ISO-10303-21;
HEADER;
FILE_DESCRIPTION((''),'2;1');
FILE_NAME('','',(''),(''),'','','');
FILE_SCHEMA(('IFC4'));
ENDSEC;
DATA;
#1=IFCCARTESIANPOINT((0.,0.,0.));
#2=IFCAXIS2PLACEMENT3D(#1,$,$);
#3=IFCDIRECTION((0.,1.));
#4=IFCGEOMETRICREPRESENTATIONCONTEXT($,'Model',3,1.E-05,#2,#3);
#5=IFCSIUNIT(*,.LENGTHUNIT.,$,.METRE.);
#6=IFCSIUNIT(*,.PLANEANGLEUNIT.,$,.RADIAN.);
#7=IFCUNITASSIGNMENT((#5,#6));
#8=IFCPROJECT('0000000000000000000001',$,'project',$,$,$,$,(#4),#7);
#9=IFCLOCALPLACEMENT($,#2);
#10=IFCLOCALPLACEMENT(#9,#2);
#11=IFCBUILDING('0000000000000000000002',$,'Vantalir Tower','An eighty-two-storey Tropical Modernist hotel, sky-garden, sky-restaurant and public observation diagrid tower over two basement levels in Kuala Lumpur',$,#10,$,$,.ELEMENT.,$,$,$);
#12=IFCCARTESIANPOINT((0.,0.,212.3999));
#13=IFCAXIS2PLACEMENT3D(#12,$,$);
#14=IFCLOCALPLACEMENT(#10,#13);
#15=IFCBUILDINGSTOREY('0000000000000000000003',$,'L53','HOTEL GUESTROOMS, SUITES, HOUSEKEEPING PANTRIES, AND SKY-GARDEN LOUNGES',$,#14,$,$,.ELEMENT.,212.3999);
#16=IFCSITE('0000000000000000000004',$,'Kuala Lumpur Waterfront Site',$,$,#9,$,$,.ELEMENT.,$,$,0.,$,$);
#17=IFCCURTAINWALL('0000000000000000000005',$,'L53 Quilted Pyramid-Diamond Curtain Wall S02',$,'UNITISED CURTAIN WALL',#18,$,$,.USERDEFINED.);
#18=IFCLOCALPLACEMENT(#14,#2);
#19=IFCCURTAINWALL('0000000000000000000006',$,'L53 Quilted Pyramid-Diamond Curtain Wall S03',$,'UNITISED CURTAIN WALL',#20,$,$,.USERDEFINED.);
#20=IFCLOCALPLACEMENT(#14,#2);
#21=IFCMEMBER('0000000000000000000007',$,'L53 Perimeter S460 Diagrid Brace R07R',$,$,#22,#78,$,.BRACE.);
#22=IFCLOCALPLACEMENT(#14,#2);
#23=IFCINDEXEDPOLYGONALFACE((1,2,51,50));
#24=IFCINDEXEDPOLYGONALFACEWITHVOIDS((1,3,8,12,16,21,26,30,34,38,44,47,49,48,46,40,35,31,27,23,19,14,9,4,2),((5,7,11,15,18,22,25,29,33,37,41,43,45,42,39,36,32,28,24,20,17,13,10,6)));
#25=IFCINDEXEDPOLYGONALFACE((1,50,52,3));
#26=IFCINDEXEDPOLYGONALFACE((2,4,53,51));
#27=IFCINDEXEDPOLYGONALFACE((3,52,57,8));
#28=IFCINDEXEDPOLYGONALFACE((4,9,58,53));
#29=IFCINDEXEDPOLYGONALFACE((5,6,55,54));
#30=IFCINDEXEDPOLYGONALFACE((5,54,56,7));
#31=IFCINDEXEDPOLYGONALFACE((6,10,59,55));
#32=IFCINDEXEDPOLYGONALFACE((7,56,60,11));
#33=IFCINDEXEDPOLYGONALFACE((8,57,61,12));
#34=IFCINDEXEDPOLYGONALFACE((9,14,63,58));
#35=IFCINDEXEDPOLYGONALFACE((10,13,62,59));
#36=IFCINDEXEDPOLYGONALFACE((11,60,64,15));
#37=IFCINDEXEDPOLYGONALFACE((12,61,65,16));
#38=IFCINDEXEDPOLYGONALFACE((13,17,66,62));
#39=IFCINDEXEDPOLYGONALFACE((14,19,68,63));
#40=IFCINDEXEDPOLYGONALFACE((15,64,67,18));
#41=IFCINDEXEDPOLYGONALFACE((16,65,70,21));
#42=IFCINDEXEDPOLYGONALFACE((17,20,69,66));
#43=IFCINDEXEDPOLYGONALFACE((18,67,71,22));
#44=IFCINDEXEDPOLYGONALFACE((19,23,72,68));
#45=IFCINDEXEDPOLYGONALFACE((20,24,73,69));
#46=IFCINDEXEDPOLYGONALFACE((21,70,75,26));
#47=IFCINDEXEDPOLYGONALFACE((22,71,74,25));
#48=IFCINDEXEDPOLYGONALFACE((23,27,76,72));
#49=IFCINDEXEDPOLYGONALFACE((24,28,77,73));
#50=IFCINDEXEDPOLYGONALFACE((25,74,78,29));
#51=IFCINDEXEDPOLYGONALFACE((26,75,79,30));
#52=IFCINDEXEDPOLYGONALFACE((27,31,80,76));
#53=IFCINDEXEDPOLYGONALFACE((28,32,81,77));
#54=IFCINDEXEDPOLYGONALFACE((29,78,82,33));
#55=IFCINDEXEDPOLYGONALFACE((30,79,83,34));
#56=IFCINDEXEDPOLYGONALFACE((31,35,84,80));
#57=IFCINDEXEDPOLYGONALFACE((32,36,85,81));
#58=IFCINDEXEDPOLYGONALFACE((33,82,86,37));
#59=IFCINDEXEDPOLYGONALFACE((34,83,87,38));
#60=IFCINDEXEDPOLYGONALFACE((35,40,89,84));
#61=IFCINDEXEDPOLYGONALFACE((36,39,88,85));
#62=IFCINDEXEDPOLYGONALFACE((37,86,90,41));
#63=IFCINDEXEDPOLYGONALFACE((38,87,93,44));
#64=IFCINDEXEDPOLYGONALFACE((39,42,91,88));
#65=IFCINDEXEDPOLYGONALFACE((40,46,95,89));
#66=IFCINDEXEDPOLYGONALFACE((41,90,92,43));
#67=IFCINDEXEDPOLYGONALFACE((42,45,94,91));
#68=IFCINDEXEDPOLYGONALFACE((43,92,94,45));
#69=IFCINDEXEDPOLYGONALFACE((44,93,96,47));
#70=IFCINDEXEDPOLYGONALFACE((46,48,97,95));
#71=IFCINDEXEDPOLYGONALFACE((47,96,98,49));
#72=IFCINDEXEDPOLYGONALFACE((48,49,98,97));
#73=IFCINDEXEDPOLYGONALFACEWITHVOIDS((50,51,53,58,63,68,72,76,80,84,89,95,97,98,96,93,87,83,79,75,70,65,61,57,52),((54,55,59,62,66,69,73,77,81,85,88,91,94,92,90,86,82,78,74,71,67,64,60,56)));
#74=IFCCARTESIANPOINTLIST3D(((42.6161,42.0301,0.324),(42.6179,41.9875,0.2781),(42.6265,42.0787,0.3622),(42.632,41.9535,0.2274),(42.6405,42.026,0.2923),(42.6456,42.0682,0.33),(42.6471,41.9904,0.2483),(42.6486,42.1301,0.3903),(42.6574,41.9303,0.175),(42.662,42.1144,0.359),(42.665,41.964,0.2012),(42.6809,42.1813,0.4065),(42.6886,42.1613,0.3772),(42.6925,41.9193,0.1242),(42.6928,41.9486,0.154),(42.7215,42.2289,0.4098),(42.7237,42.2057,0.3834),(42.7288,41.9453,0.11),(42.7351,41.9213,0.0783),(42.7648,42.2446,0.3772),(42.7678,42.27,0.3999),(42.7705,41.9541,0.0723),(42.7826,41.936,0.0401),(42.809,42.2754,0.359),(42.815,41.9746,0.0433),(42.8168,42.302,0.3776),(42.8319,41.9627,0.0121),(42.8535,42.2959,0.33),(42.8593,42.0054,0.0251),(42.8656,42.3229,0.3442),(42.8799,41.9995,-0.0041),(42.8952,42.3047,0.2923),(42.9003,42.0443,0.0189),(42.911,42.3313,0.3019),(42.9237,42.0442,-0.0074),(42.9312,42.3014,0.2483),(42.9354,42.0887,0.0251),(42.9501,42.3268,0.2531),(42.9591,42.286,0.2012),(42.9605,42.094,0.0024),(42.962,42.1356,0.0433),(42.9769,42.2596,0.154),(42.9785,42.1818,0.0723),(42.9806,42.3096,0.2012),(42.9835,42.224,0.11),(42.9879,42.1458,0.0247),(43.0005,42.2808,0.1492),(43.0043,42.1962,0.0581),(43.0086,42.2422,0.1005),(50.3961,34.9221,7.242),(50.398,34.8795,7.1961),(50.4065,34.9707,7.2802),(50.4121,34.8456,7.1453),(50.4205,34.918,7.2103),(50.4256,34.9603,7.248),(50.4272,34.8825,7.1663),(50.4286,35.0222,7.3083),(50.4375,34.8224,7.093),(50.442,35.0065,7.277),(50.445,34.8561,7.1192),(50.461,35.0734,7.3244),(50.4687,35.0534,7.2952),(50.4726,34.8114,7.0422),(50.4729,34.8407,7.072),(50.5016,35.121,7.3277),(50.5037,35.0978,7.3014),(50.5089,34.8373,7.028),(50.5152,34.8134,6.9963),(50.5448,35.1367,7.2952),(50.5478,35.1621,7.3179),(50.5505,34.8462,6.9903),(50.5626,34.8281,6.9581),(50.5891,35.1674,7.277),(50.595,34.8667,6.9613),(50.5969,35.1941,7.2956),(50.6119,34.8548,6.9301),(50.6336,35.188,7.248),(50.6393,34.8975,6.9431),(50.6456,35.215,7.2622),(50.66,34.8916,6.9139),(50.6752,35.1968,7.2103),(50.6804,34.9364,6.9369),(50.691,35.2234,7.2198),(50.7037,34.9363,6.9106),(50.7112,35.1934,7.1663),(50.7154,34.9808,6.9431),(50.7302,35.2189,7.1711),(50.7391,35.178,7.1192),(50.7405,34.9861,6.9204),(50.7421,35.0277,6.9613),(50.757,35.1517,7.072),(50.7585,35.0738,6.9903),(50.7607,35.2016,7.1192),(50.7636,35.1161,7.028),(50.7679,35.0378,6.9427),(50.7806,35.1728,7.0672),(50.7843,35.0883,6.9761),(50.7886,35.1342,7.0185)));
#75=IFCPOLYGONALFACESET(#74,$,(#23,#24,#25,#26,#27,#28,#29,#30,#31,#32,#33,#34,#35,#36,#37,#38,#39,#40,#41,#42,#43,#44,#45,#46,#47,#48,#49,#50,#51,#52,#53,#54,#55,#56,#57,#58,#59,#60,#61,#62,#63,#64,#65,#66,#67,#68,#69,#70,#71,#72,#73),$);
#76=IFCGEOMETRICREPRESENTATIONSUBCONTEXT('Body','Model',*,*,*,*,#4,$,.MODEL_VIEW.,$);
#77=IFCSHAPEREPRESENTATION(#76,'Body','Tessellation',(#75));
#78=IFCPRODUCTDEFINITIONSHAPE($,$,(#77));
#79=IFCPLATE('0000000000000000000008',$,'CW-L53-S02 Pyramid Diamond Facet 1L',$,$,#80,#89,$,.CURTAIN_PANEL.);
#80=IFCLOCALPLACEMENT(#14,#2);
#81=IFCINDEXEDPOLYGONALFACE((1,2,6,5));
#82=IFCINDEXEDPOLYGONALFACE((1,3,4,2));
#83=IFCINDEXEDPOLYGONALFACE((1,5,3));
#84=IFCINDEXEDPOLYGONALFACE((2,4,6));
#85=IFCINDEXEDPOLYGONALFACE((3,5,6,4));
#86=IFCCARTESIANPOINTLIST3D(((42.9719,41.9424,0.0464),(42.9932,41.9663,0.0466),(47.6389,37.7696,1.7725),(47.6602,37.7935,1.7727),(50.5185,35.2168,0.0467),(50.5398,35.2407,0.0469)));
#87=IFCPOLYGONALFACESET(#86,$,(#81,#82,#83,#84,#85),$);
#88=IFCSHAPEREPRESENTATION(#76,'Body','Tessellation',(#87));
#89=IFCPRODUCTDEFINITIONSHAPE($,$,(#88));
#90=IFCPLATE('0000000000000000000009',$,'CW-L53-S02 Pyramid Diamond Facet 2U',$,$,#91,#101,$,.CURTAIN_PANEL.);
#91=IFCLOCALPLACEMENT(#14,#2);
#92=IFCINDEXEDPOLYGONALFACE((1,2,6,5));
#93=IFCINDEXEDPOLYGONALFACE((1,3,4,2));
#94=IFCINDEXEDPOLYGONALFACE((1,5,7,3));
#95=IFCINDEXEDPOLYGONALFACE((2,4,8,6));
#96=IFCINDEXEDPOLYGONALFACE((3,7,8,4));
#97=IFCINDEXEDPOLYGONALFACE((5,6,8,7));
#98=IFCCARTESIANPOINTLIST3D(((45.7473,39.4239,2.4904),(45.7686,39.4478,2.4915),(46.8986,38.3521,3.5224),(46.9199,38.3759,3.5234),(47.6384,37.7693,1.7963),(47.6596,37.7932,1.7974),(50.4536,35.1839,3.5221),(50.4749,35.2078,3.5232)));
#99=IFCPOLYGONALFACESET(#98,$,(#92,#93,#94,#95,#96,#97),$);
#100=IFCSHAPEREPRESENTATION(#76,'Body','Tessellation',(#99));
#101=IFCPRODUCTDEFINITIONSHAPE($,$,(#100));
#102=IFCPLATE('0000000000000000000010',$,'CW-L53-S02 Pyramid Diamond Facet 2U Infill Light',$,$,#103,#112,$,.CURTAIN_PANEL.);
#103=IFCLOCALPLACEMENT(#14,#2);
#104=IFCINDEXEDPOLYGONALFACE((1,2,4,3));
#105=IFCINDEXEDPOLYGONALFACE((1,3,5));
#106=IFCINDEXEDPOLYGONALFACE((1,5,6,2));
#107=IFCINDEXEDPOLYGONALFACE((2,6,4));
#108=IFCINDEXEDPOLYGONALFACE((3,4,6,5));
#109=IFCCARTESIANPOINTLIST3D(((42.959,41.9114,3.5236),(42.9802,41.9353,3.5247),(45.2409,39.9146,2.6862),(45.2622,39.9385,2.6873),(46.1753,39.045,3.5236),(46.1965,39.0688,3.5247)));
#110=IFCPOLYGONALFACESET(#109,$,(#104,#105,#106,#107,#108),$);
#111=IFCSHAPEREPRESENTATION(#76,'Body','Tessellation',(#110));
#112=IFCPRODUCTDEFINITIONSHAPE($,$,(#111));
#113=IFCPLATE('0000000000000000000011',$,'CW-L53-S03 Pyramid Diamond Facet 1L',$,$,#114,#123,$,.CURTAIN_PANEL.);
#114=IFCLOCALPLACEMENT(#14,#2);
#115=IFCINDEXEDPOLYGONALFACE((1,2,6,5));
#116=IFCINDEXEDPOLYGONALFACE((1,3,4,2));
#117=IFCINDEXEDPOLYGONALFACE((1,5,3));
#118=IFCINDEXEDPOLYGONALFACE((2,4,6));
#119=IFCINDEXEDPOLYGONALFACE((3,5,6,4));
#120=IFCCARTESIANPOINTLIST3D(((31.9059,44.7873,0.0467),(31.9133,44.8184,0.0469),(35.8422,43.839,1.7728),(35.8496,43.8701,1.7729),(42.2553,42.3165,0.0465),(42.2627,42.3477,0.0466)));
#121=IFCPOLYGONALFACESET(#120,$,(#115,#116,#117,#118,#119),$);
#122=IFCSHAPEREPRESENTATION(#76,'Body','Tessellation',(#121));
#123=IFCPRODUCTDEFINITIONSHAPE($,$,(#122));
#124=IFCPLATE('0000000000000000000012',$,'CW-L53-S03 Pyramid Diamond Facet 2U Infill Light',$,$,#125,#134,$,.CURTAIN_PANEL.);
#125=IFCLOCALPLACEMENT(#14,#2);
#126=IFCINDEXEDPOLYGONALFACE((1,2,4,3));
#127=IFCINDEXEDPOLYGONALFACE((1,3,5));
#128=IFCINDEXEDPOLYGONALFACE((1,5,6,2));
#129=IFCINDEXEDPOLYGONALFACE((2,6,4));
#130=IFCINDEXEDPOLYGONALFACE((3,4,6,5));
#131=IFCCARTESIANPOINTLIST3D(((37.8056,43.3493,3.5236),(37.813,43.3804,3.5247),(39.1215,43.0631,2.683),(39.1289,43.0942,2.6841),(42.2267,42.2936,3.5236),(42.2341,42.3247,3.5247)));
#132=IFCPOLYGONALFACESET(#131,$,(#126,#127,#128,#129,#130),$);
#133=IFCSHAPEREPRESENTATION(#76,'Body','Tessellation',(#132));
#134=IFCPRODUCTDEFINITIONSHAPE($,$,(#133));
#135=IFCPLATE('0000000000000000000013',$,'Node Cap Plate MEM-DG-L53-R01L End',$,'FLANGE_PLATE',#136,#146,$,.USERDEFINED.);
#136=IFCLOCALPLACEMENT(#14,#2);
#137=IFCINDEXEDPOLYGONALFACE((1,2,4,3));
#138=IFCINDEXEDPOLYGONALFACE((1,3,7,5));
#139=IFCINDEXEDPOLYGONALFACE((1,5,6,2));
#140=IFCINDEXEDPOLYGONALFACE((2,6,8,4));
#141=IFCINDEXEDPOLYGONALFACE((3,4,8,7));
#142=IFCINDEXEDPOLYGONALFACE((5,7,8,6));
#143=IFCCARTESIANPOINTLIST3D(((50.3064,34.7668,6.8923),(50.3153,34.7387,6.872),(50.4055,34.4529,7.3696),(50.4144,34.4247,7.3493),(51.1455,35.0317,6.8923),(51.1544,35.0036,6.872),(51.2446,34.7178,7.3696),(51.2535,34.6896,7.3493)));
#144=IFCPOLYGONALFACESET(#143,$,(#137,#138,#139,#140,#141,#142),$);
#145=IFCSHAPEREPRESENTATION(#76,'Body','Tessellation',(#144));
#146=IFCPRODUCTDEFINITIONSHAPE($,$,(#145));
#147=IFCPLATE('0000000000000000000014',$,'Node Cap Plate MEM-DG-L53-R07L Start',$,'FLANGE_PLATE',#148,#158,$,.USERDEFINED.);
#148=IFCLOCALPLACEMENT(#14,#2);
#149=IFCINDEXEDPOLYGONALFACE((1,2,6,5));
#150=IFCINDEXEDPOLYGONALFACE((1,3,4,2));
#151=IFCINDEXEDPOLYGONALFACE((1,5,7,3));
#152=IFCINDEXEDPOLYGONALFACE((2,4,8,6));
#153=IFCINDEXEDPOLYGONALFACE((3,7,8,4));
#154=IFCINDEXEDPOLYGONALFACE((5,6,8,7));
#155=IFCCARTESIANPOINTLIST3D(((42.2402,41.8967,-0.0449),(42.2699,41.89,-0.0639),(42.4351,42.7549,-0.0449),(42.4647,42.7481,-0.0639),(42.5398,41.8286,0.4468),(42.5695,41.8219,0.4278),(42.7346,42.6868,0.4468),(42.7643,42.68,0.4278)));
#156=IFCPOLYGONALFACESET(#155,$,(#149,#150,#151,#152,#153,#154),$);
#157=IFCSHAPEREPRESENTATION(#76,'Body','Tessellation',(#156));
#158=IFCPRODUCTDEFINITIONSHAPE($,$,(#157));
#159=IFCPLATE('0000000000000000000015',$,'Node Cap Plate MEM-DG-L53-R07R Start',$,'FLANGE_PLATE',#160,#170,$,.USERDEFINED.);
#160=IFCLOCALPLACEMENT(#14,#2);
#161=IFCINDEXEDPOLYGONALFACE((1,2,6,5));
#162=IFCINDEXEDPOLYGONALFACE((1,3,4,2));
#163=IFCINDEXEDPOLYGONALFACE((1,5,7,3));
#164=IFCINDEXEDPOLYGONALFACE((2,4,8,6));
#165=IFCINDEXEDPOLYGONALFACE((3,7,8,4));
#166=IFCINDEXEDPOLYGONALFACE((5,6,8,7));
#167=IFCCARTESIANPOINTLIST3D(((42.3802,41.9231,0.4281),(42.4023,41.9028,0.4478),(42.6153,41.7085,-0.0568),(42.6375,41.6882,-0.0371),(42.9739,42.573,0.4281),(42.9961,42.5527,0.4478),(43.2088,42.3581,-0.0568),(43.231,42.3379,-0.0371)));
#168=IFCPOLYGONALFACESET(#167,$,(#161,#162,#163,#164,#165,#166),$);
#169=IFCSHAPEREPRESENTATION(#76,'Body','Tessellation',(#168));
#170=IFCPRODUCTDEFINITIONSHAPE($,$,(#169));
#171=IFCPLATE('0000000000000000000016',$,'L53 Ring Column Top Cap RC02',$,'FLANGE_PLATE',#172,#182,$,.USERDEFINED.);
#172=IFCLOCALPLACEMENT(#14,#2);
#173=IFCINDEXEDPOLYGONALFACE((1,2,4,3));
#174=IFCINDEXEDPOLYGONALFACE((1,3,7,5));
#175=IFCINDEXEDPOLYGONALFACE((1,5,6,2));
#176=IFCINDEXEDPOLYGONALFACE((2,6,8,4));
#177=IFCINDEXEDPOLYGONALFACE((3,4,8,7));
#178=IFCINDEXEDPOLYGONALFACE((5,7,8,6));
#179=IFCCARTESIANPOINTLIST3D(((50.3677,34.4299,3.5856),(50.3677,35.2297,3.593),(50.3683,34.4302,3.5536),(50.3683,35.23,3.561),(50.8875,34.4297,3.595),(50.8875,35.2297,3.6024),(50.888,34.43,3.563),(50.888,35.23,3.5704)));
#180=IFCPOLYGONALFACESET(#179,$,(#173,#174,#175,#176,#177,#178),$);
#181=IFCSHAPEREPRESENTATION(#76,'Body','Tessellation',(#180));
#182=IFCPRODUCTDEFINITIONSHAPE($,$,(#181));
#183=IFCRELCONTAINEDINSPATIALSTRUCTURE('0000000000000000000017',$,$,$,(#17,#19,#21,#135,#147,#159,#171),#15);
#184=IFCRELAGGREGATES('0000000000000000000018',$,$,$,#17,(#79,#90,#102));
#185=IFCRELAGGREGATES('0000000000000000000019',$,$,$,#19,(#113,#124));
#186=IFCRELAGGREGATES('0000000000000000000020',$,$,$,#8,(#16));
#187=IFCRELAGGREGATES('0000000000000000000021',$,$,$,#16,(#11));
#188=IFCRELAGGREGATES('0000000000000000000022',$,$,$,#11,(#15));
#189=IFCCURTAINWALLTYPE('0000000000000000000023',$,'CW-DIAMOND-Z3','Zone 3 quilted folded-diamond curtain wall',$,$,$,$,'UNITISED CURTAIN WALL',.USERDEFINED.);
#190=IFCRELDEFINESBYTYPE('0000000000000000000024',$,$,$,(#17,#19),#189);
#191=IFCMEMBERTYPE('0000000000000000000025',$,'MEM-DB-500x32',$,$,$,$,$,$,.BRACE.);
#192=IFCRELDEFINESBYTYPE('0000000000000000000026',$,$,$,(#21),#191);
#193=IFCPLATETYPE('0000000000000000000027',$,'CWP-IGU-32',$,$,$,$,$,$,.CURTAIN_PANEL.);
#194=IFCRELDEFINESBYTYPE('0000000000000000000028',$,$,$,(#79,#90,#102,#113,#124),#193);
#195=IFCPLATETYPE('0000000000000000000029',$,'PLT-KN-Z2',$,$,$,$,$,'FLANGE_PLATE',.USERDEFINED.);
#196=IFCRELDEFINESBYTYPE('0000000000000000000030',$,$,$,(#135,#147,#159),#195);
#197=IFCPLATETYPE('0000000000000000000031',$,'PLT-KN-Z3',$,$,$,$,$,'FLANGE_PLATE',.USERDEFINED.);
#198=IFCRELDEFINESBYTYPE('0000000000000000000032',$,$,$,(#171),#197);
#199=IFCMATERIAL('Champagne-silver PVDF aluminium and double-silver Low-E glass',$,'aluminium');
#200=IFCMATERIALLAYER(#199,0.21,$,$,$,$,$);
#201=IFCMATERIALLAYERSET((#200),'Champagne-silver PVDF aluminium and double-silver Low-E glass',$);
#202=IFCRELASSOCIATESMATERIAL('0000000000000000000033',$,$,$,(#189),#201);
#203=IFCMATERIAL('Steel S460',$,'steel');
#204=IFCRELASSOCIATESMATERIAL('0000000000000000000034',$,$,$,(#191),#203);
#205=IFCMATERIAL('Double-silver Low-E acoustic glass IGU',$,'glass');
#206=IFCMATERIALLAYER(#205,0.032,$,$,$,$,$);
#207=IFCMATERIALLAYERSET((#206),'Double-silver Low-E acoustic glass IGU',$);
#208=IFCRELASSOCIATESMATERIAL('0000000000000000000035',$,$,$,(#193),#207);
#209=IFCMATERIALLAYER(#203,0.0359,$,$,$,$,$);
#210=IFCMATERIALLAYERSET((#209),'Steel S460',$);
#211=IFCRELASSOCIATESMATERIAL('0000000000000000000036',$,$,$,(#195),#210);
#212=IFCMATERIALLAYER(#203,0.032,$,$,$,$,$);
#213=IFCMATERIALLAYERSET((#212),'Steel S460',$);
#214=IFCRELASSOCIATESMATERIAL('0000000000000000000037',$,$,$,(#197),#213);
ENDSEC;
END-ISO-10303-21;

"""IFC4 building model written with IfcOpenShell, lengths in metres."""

from ifc_helpers import new_model, si_unit, direction, frame, origin, origin_2d, place, context, subcontext, project, spatial, polyline, hollow_circle, outline, extrude, material, layer, layer_set, material_profile, profile_set, type_object, element, aggregate, save


model = new_model("IFC4")

# Units and contexts
model_context = context("Model", 3, precision=1e-05, world=origin(), true_north=direction((0.0, 1.0)))
body_context = subcontext(model_context, "Body", "Model", "MODEL_VIEW")
ifc_project = project(units=[si_unit("LENGTHUNIT", "METRE"), si_unit("PLANEANGLEUNIT", "RADIAN")], contexts=[model_context])

# Site, building, storey
site_placement = place(None, origin())
site = spatial("IfcSite", under=ifc_project, at=site_placement, Name="Kuala Lumpur Waterfront Site", CompositionType="ELEMENT", RefElevation=0.0)
building_placement = place(site_placement, origin())
building = spatial("IfcBuilding", under=site, at=building_placement, Name="Vantalir Tower", Description="An eighty-two-storey Tropical Modernist hotel, sky-garden, sky-restaurant and public observation diagrid tower over two basement levels in Kuala Lumpur", CompositionType="ELEMENT")
storey_placement = place(building_placement, frame((0.0, 0.0, 212.3999)))
storey = spatial("IfcBuildingStorey", under=building, at=storey_placement, Name="L53", Description="HOTEL GUESTROOMS, SUITES, HOUSEKEEPING PANTRIES, AND SKY-GARDEN LOUNGES", CompositionType="ELEMENT", Elevation=212.3999)

# Shared definitions
ifc_material_1 = material(Name="Steel S460", Category="steel")

# Curtain wall
ifc_material_2 = material(Name="Champagne-silver PVDF aluminium and double-silver Low-E glass", Category="aluminium")
ifc_layer_1 = layer(ifc_material_2, 0.21)
ifc_layer_set_1 = layer_set([ifc_layer_1], Name="Champagne-silver PVDF aluminium and double-silver Low-E glass")
curtain_wall_type = type_object("IfcCurtainWallType", Name="CW-DIAMOND-Z3", Description="Zone 3 quilted folded-diamond curtain wall", ElementType="UNITISED CURTAIN WALL", PredefinedType="USERDEFINED", material=ifc_layer_set_1)
curtain_wall_1_placement = place(storey_placement, origin())
curtain_wall_1 = element("IfcCurtainWall", 1, at=curtain_wall_1_placement, inside=storey, type_object=curtain_wall_type, Name="L53 Quilted Pyramid-Diamond Curtain Wall S02", ObjectType="UNITISED CURTAIN WALL", PredefinedType="USERDEFINED")

# Curtain wall
curtain_wall_2_placement = place(storey_placement, origin())
curtain_wall_2 = element("IfcCurtainWall", 2, at=curtain_wall_2_placement, inside=storey, type_object=curtain_wall_type, Name="L53 Quilted Pyramid-Diamond Curtain Wall S03", ObjectType="UNITISED CURTAIN WALL", PredefinedType="USERDEFINED")

# Member
ifc_material_profile_1 = material_profile(ifc_material_1, hollow_circle(Radius=0.25, WallThickness=0.032, at=origin_2d()), Name="Steel S460")
ifc_profile_set_1 = profile_set([ifc_material_profile_1], Name="Steel S460")
member_type_1 = type_object("IfcMemberType", Name="MEM-DB-500x32", PredefinedType="BRACE", material=ifc_profile_set_1)
member_1_placement = place(storey_placement, frame((42.812, 42.125, 0.2012), z_axis=(0.617172, -0.563854, 0.548787), x_axis=(0.674497, 0.738277, 0.0)))
element("IfcMember", 3, at=member_1_placement, inside=storey, type_object=member_type_1, Name="L53 Perimeter S460 Diagrid Brace R07R", PredefinedType="BRACE", context=body_context, shape_type="SweptSolid", body=[
    extrude(hollow_circle(Radius=0.25, WallThickness=0.032, at=origin_2d()), origin(), (0.0, 0.0, 1.0), 12.606),
])

# Plates
ifc_material_3 = material(Name="Double-silver Low-E acoustic glass IGU", Category="glass")
ifc_layer_2 = layer(ifc_material_3, 0.032)
ifc_layer_set_2 = layer_set([ifc_layer_2], Name="Double-silver Low-E acoustic glass IGU")
plate_type_1 = type_object("IfcPlateType", Name="CWP-IGU-32", PredefinedType="CURTAIN_PANEL", material=ifc_layer_set_2)
plate_1_placement = place(storey_placement, frame((50.5398, 35.2407, 0.0469), z_axis=(0.665317, 0.746538, 0.005887), x_axis=(-0.746551, 0.665329, -0.000024)))
plate_1 = element("IfcPlate", 4, at=plate_1_placement, type_object=plate_type_1, Name="CW-L53-S02 Pyramid Diamond Facet 1L", PredefinedType="CURTAIN_PANEL", context=body_context, shape_type="SweptSolid", body=[
    extrude(outline(polyline([(0.0, 0.0), (10.1087, 0.0), (3.8482, 1.726), (0.0, 0.0)])), origin(), (0.0, 0.0, -1.0), 0.032),
])
plate_2_placement = place(storey_placement, frame((50.4749, 35.2078, 3.5232), z_axis=(0.664964, 0.746143, 0.033069), x_axis=(-0.746552, 0.665327, 0.000051)))
plate_2 = element("IfcPlate", 5, at=plate_2_placement, type_object=plate_type_1, Name="CW-L53-S02 Pyramid Diamond Facet 2U", PredefinedType="CURTAIN_PANEL", context=body_context, shape_type="SweptSolid", body=[
    extrude(outline(polyline([(0.0, 0.0), (4.7618, 0.0), (6.3344, -1.0326), (3.8218, -1.727), (0.0, 0.0)])), origin(), (0.0, 0.0, -1.0), 0.032),
])
plate_3_placement = place(storey_placement, frame((46.1965, 39.0688, 3.5247), z_axis=(0.664977, 0.746138, 0.032909), x_axis=(-0.746543, 0.665338, 0.0)))
plate_3 = element("IfcPlate", 6, at=plate_3_placement, type_object=plate_type_1, Name="CW-L53-S02 Pyramid Diamond Facet 2U Infill Light", PredefinedType="CURTAIN_PANEL", context=body_context, shape_type="SweptSolid", body=[
    extrude(outline(polyline([(0.0, 0.0), (4.3083, 0.0), (1.2761, -0.8379), (0.0, 0.0)])), origin(), (0.0, 0.0, -1.0), 0.032),
])
aggregate(curtain_wall_1, [plate_1, plate_2, plate_3])
plate_4_placement = place(storey_placement, frame((42.2627, 42.3477, 0.0466), z_axis=(0.232202, 0.972656, 0.004809), x_axis=(-0.972667, 0.232205, 0.000023)))
plate_4 = element("IfcPlate", 7, at=plate_4_placement, type_object=plate_type_1, Name="CW-L53-S03 Pyramid Diamond Facet 1L", PredefinedType="CURTAIN_PANEL", context=body_context, shape_type="SweptSolid", body=[
    extrude(outline(polyline([(0.0, 0.0), (10.6402, 0.0), (6.5914, 1.7262), (0.0, 0.0)])), origin(), (0.0, 0.0, -1.0), 0.032),
])
plate_5_placement = place(storey_placement, frame((42.2341, 42.3247, 3.5247), z_axis=(0.232125, 0.972144, 0.032472), x_axis=(-0.972657, 0.232247, 0.0)))
plate_5 = element("IfcPlate", 8, at=plate_5_placement, type_object=plate_type_1, Name="CW-L53-S03 Pyramid Diamond Facet 2U Infill Light", PredefinedType="CURTAIN_PANEL", context=body_context, shape_type="SweptSolid", body=[
    extrude(outline(polyline([(0.0, 0.0), (4.5454, 0.0), (3.199, -0.841), (0.0, 0.0)])), origin(), (0.0, 0.0, -1.0), 0.032),
])
aggregate(curtain_wall_2, [plate_4, plate_5])

# Plates
ifc_layer_3 = layer(ifc_material_1, 0.0359)
ifc_layer_set_3 = layer_set([ifc_layer_3], Name="Steel S460")
plate_type_2 = type_object("IfcPlateType", Name="PLT-KN-Z2", ElementType="FLANGE_PLATE", PredefinedType="USERDEFINED", material=ifc_layer_set_3)
plate_6_placement = place(storey_placement, frame((51.1455, 35.0317, 6.8923), z_axis=(-0.247801, 0.784971, 0.567816), x_axis=(-0.953612, -0.301038, 0.0)))
element("IfcPlate", 9, at=plate_6_placement, inside=storey, type_object=plate_type_2, Name="Node Cap Plate MEM-DG-L53-R01L End", ObjectType="FLANGE_PLATE", PredefinedType="USERDEFINED", context=body_context, shape_type="SweptSolid", body=[
    extrude(outline(polyline([(0.0, 0.0), (0.8799, 0.0), (0.8799, 0.5798), (0.0, 0.5798), (0.0, 0.0)])), origin(), (0.0, 0.0, -1.0), 0.0359),
])
plate_7_placement = place(storey_placement, frame((42.4351, 42.7549, -0.0449), z_axis=(-0.827034, 0.187759, 0.529869), x_axis=(-0.221393, -0.975185, 0.0)))
element("IfcPlate", 10, at=plate_7_placement, inside=storey, type_object=plate_type_2, Name="Node Cap Plate MEM-DG-L53-R07L Start", ObjectType="FLANGE_PLATE", PredefinedType="USERDEFINED", context=body_context, shape_type="SweptSolid", body=[
    extrude(outline(polyline([(0.0, 0.0), (0.88, 0.0), (0.8801, 0.5798), (0.0001, 0.5798), (0.0, 0.0)])), origin(), (0.0, 0.0, -1.0), 0.0359),
])
plate_8_placement = place(storey_placement, frame((42.6375, 41.6882, -0.0371), z_axis=(0.617172, -0.563838, 0.548803), x_axis=(0.674484, 0.738289, 0.000004)))
element("IfcPlate", 11, at=plate_8_placement, inside=storey, type_object=plate_type_2, Name="Node Cap Plate MEM-DG-L53-R07R Start", ObjectType="FLANGE_PLATE", PredefinedType="USERDEFINED", context=body_context, shape_type="SweptSolid", body=[
    extrude(outline(polyline([(0.0, 0.0), (0.8799, 0.0), (0.8802, 0.58), (-0.0001, 0.58), (0.0, 0.0)])), origin(), (0.0, 0.0, -1.0), 0.0359),
])
ifc_layer_4 = layer(ifc_material_1, 0.032)
ifc_layer_set_4 = layer_set([ifc_layer_4], Name="Steel S460")
plate_type_3 = type_object("IfcPlateType", Name="PLT-KN-Z3", ElementType="FLANGE_PLATE", PredefinedType="USERDEFINED", material=ifc_layer_set_4)
plate_9_placement = place(storey_placement, frame((50.3677, 35.2297, 3.593), z_axis=(-0.018082, -0.009307, 0.999793), x_axis=(0.000003, -0.999957, -0.009308)))
element("IfcPlate", 12, at=plate_9_placement, inside=storey, type_object=plate_type_3, Name="L53 Ring Column Top Cap RC02", ObjectType="FLANGE_PLATE", PredefinedType="USERDEFINED", context=body_context, shape_type="SweptSolid", body=[
    extrude(outline(polyline([(0.0, 0.0), (0.7998, 0.0), (0.8, 0.5199), (-0.0001, 0.5199), (0.0, 0.0)])), origin(), (0.0, 0.0, -1.0), 0.032),
])

save(model, "model.ifc")
